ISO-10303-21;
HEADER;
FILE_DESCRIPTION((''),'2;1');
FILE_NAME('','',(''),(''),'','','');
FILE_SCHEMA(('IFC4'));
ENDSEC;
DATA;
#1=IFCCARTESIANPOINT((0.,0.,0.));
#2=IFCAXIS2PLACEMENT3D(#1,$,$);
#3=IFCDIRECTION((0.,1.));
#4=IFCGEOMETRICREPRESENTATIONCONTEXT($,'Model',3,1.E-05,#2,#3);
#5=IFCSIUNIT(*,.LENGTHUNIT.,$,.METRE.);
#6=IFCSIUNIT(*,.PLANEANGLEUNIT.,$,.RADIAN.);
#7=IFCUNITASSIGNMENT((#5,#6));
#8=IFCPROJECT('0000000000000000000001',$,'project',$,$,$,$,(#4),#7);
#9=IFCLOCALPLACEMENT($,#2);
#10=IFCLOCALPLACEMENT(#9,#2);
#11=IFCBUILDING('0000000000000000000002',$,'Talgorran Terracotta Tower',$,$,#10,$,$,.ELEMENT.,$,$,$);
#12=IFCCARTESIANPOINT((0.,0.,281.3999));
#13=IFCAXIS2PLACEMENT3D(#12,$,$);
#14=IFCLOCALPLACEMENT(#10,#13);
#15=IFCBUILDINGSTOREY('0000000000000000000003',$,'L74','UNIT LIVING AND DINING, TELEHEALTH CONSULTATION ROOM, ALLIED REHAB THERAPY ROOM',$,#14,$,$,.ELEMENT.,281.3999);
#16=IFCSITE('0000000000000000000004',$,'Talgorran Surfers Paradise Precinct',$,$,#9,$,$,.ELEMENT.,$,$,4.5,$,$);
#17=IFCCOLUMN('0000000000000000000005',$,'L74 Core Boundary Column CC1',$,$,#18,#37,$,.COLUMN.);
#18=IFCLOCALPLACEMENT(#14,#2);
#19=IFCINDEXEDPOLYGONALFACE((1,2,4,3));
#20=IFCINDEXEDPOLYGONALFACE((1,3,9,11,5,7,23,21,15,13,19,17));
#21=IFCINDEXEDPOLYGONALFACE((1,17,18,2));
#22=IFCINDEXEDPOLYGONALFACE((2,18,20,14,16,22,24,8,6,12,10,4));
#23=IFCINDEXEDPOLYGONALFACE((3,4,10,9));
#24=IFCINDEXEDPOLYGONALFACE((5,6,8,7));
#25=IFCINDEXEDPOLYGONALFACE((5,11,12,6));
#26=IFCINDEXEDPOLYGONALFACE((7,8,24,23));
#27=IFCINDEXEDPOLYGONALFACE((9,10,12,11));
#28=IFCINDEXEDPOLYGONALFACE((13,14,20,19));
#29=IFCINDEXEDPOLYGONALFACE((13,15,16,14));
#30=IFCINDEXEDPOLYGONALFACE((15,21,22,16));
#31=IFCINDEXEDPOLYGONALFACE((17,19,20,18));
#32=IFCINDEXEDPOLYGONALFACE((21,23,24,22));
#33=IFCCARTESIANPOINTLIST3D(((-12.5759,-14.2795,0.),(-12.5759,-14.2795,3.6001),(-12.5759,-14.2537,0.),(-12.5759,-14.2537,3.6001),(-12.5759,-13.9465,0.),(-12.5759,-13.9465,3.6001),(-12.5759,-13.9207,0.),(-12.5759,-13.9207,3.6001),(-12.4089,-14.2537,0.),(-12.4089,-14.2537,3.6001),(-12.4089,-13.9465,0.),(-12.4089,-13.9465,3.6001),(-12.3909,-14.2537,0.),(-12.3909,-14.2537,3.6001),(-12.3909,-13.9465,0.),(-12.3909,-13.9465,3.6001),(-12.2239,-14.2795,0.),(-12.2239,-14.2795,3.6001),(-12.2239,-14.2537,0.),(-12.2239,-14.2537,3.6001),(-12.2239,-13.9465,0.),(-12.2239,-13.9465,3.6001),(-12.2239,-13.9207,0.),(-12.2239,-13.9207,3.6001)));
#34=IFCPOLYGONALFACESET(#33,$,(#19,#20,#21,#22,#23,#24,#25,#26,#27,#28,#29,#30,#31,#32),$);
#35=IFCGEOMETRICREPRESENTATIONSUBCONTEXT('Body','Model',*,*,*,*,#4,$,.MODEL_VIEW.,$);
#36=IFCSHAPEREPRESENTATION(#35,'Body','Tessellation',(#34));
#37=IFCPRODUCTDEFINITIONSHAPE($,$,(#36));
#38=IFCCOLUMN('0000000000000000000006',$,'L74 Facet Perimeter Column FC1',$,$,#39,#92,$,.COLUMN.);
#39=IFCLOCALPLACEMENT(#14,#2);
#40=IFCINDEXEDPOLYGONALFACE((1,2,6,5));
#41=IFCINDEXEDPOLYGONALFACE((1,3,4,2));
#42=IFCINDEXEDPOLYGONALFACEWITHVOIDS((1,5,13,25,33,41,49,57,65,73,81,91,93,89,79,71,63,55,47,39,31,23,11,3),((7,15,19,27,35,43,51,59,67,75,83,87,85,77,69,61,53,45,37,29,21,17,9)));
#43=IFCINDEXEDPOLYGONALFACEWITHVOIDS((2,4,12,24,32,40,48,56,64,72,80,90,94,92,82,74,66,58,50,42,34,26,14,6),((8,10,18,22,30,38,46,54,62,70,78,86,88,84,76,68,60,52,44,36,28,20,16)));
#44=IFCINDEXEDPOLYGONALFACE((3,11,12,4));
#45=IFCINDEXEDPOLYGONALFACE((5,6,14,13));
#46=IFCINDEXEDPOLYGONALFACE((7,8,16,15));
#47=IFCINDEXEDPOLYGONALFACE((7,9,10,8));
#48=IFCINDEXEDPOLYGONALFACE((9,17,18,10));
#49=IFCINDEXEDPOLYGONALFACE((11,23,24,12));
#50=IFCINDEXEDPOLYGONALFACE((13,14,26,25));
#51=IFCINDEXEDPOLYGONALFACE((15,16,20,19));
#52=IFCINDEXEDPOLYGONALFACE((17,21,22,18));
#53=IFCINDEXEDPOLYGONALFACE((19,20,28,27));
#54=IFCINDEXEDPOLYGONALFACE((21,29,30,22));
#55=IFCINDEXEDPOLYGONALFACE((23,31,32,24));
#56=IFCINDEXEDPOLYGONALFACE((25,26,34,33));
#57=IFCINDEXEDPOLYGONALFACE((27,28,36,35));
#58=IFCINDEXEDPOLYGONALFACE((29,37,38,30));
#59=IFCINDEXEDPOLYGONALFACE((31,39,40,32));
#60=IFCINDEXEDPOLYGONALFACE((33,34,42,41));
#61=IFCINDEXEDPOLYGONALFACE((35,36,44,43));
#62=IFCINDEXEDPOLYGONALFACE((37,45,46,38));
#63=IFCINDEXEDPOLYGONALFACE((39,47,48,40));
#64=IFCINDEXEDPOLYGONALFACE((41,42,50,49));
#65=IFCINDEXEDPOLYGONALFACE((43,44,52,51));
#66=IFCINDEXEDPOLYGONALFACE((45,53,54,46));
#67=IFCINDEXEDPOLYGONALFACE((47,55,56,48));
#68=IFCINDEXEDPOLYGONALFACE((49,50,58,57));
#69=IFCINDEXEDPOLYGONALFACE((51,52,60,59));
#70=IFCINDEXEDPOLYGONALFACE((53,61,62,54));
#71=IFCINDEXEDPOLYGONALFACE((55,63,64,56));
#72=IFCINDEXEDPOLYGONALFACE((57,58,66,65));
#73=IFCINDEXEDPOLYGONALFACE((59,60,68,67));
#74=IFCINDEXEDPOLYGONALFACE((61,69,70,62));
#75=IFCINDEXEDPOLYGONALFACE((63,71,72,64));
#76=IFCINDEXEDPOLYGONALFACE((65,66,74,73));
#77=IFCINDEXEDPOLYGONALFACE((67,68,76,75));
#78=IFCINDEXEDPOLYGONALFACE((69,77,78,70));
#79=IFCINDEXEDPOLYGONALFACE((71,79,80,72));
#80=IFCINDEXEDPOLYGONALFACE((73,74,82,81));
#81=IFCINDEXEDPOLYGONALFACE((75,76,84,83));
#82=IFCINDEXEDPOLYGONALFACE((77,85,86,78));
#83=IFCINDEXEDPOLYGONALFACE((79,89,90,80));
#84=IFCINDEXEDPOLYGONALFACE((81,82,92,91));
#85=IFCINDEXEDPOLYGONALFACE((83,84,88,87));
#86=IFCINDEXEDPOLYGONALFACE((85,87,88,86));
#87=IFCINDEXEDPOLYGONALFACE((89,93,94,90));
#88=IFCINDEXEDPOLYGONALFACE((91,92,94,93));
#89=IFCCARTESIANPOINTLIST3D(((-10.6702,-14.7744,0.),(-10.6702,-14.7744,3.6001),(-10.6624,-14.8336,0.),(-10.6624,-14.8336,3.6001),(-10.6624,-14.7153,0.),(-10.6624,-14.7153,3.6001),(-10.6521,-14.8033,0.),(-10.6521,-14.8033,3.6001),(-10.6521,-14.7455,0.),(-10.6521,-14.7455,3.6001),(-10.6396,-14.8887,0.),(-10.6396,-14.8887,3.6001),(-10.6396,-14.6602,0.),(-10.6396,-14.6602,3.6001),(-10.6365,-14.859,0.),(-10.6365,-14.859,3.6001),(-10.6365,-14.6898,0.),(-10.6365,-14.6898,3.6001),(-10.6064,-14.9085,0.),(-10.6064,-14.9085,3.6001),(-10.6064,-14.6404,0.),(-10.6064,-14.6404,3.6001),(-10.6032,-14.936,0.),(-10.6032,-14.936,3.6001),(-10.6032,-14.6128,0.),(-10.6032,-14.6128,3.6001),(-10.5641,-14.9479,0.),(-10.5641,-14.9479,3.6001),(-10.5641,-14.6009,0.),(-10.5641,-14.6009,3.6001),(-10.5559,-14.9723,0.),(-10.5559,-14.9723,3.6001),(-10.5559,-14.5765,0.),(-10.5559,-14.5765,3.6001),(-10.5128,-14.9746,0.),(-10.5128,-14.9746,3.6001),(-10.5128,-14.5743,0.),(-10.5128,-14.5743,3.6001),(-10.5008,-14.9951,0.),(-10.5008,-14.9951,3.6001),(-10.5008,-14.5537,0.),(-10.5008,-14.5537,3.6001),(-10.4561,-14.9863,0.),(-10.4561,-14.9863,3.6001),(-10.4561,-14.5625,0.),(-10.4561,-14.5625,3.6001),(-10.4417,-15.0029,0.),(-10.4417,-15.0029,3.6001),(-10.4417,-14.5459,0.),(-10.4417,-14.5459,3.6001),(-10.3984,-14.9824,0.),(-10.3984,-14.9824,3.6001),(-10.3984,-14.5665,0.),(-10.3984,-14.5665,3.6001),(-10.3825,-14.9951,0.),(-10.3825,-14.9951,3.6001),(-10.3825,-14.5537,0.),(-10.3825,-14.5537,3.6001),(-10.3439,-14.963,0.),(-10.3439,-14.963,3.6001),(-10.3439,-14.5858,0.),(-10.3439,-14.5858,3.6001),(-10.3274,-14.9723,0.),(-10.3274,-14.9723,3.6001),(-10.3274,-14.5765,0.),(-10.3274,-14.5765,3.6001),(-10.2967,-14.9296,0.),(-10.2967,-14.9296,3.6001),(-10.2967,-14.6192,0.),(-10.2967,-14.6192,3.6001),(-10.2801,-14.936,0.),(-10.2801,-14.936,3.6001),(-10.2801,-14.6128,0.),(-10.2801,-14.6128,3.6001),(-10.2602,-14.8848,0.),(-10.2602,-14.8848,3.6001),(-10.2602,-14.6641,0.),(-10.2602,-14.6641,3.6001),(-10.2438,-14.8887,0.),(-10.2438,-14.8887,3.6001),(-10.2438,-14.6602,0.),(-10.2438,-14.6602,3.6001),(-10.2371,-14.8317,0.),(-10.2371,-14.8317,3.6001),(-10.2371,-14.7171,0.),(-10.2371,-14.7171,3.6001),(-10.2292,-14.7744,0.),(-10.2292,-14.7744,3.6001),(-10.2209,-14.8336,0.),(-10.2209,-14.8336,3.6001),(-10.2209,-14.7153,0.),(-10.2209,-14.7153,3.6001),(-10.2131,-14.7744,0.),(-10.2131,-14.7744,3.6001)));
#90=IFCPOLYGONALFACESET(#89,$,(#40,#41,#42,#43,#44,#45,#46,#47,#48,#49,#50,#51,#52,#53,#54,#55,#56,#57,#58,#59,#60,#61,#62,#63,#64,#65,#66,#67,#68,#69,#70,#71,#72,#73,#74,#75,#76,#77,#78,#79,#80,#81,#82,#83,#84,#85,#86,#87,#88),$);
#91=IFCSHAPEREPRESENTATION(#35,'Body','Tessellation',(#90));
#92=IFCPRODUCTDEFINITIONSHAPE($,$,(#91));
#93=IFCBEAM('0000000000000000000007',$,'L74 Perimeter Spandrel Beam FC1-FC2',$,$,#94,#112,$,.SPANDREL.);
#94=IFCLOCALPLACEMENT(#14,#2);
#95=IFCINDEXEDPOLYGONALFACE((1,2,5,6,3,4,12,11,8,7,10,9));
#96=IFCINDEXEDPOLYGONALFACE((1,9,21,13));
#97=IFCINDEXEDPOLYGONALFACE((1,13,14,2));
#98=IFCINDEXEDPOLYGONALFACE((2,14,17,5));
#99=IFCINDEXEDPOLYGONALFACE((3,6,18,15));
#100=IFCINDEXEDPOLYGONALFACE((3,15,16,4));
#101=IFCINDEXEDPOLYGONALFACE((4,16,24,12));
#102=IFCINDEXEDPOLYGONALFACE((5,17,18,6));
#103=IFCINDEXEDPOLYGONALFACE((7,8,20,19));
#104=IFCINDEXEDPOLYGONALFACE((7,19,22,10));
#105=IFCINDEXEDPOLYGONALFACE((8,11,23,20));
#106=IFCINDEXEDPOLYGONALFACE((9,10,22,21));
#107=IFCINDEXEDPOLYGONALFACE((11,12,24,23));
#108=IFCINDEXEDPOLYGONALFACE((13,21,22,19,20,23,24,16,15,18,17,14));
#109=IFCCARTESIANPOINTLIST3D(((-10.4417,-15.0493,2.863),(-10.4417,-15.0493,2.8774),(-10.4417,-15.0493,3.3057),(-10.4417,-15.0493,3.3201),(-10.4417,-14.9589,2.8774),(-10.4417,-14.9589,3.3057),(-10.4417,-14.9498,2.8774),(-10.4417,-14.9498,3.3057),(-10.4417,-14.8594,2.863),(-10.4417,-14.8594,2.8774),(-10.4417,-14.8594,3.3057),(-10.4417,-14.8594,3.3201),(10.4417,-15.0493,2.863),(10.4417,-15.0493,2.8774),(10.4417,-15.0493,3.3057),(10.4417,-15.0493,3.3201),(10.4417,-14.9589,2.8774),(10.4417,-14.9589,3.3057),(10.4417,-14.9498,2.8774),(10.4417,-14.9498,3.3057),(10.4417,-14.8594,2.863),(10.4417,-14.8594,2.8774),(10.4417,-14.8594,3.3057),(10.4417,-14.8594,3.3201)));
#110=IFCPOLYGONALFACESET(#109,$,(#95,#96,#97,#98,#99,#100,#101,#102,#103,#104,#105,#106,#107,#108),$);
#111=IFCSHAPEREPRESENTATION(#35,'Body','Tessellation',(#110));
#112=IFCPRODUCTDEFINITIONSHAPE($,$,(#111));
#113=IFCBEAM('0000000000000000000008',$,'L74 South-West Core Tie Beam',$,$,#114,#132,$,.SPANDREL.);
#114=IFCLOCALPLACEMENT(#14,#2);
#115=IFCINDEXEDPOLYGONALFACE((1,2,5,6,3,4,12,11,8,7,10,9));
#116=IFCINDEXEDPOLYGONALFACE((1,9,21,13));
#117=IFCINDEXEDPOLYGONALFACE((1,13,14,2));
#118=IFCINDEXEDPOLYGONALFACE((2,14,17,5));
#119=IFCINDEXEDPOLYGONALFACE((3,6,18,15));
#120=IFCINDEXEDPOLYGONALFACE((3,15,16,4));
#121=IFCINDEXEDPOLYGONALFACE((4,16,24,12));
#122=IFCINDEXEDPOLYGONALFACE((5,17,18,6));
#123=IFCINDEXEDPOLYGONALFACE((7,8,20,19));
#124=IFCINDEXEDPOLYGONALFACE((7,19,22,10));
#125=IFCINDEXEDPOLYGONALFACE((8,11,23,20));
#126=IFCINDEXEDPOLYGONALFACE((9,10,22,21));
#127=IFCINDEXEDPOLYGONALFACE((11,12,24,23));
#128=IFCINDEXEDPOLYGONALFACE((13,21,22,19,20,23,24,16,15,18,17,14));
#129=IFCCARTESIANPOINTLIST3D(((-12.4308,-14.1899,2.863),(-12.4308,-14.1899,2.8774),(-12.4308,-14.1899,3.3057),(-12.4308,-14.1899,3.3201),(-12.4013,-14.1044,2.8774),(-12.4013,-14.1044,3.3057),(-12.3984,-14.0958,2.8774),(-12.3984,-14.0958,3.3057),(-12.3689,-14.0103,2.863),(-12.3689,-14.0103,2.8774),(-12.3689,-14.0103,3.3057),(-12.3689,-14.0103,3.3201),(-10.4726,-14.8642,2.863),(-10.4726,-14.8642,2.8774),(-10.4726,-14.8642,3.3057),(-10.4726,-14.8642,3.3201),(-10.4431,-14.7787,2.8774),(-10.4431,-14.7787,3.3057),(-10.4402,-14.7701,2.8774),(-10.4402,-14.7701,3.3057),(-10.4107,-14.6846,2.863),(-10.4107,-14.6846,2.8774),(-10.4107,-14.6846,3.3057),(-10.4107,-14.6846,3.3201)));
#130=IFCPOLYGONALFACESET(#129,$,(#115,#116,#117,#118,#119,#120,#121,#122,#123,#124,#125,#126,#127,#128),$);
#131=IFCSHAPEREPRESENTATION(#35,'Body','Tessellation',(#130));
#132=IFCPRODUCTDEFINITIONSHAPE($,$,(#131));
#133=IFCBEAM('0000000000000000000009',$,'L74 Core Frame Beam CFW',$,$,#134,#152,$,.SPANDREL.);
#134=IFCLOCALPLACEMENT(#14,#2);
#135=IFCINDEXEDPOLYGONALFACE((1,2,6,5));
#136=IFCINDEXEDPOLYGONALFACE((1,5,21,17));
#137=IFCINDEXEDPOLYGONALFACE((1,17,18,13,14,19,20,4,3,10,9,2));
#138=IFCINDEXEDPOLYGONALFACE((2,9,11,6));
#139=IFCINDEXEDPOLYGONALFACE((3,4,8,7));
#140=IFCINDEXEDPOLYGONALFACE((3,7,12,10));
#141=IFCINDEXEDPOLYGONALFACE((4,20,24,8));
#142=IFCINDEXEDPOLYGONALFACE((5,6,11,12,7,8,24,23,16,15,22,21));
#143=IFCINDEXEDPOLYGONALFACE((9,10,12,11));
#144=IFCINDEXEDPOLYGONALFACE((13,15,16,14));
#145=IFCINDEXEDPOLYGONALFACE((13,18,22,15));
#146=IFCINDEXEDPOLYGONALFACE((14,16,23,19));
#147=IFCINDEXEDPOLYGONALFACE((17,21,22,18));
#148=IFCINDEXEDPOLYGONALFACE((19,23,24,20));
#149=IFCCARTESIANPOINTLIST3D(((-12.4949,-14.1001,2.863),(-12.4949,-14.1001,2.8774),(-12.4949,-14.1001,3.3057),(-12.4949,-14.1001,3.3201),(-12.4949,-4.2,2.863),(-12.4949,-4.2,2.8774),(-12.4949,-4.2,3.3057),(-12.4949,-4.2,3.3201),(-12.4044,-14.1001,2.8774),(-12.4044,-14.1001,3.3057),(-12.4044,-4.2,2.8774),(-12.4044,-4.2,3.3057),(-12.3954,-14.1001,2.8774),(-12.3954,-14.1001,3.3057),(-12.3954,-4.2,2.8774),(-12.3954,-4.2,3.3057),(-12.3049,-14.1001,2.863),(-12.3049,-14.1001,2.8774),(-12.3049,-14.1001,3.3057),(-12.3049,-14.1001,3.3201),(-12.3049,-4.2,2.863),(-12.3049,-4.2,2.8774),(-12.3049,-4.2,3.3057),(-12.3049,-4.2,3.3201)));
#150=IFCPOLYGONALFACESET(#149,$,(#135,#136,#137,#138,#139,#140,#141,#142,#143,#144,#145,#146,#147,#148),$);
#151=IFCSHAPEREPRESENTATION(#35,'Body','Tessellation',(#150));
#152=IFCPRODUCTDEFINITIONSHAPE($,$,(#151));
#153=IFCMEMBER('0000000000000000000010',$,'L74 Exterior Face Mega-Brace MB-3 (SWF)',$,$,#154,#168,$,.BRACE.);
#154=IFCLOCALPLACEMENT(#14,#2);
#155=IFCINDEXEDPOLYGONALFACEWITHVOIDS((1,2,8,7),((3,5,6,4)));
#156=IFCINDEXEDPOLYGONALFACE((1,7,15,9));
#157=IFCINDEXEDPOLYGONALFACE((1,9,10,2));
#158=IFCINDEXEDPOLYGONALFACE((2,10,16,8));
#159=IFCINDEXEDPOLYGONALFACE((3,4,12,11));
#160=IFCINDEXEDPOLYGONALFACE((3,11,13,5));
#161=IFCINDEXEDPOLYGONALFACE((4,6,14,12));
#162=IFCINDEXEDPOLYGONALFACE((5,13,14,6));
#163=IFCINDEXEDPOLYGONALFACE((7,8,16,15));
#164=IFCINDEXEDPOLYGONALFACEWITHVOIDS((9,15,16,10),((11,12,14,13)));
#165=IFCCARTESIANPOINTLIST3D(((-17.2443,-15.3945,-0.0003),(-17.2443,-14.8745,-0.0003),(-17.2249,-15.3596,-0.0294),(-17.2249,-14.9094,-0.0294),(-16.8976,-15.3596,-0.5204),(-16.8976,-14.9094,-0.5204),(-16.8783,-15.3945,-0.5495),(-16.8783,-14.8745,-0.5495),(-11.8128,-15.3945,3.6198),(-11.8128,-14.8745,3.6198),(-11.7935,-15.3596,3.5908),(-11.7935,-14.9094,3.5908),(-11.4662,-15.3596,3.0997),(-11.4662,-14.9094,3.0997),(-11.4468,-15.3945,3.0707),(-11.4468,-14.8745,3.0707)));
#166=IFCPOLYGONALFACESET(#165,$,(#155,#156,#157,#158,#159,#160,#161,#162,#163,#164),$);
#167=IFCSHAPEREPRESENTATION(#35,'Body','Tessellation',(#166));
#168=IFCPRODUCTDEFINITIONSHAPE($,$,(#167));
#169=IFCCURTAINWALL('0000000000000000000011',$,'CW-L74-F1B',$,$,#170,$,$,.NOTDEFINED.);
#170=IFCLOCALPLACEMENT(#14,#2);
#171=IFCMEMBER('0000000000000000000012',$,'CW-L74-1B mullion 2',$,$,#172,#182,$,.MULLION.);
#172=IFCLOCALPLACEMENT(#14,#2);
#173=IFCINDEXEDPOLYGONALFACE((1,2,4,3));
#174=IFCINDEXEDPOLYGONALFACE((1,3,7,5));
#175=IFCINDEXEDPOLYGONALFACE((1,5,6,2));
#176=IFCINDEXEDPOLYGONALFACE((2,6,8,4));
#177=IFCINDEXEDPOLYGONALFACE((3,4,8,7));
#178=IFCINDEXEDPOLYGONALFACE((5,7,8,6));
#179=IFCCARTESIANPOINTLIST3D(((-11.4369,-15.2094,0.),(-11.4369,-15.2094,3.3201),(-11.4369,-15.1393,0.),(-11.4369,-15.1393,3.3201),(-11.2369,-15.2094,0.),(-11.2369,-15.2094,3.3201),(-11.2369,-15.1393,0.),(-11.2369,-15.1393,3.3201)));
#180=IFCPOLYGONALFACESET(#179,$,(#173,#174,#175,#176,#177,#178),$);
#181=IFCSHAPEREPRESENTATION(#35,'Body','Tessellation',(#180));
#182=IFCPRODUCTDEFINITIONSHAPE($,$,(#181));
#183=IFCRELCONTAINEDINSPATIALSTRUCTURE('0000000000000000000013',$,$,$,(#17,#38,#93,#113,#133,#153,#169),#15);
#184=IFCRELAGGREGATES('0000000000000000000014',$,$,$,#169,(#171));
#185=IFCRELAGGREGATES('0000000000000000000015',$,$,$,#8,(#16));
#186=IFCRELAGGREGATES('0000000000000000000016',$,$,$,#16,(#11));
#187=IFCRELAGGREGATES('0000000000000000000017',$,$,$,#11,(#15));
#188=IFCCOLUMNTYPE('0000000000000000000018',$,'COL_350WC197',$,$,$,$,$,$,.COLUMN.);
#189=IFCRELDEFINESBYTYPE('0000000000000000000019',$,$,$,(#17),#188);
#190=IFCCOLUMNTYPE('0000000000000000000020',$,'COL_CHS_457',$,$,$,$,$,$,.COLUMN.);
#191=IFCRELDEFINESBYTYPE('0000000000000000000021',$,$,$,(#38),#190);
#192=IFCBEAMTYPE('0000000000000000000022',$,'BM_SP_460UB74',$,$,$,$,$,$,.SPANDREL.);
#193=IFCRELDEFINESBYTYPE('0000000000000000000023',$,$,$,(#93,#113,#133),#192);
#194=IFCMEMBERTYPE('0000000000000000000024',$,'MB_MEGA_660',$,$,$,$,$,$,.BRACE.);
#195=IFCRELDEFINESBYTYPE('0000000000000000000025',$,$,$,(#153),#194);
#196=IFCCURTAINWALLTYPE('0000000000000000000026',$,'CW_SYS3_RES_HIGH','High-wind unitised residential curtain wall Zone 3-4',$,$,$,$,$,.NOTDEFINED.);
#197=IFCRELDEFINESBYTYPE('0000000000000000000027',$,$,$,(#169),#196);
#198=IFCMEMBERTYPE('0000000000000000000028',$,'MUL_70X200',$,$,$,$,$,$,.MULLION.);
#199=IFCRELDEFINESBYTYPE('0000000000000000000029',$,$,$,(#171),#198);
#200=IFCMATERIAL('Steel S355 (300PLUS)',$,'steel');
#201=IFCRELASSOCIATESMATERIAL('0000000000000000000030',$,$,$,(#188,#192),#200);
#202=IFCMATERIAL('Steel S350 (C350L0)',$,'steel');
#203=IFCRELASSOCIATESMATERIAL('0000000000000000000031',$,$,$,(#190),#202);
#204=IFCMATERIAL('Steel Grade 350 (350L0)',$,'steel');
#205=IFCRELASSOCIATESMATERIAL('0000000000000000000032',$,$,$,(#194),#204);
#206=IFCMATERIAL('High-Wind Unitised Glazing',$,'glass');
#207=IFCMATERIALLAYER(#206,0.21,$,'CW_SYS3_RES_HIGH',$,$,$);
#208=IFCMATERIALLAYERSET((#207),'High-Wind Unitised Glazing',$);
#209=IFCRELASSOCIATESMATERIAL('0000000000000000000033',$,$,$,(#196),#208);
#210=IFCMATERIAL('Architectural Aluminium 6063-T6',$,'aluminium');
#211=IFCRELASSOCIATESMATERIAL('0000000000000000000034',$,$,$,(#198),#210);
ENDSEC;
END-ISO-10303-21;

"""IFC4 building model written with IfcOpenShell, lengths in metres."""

from ifc_helpers import new_model, si_unit, direction, frame, origin, origin_2d, place, context, subcontext, project, spatial, rectangle, hollow_rectangle, hollow_circle, i_section, extrude, material, layer, layer_set, material_profile, profile_set, type_object, element, aggregate, save


model = new_model("IFC4")

# Units and contexts
model_context = context("Model", 3, precision=1e-05, world=origin(), true_north=direction((0.0, 1.0)))
body_context = subcontext(model_context, "Body", "Model", "MODEL_VIEW")
ifc_project = project(units=[si_unit("LENGTHUNIT", "METRE"), si_unit("PLANEANGLEUNIT", "RADIAN")], contexts=[model_context])

# Site, building, storey
site_placement = place(None, origin())
site = spatial("IfcSite", under=ifc_project, at=site_placement, Name="Talgorran Surfers Paradise Precinct", CompositionType="ELEMENT", RefElevation=4.5)
building_placement = place(site_placement, origin())
building = spatial("IfcBuilding", under=site, at=building_placement, Name="Talgorran Terracotta Tower", CompositionType="ELEMENT")
storey_placement = place(building_placement, frame((0.0, 0.0, 281.3999)))
storey = spatial("IfcBuildingStorey", under=building, at=storey_placement, Name="L74", Description="UNIT LIVING AND DINING, TELEHEALTH CONSULTATION ROOM, ALLIED REHAB THERAPY ROOM", CompositionType="ELEMENT", Elevation=281.3999)

# Columns
ifc_material_1 = material(Name="Steel S355 (300PLUS)", Category="steel")
ifc_material_profile_1 = material_profile(ifc_material_1, i_section(OverallWidth=0.3521, OverallDepth=0.3589, WebThickness=0.0181, FlangeThickness=0.0259, at=origin_2d()), Name="350WC197")
ifc_profile_set_1 = profile_set([ifc_material_profile_1], Name="Steel S355 (300PLUS)")
column_type_1 = type_object("IfcColumnType", Name="COL_350WC197", PredefinedType="COLUMN", material=ifc_profile_set_1)
column_1_placement = place(storey_placement, frame((-12.3999, -14.1001, 0.0), z_axis=(0.0, 0.0, 1.0), x_axis=(1.0, 0.0, 0.0)))
element("IfcColumn", 1, at=column_1_placement, inside=storey, type_object=column_type_1, Name="L74 Core Boundary Column CC1", PredefinedType="COLUMN", context=body_context, shape_type="SweptSolid", body=[
    extrude(i_section(OverallWidth=0.3521, OverallDepth=0.3589, WebThickness=0.0181, FlangeThickness=0.0259, at=origin_2d()), origin(), (0.0, 0.0, 1.0), 3.6001),
])
ifc_material_2 = material(Name="Steel S350 (C350L0)", Category="steel")
ifc_material_profile_2 = material_profile(ifc_material_2, hollow_circle(Radius=0.2285, WallThickness=0.0161, at=origin_2d()), Name="CHS457X16")
ifc_profile_set_2 = profile_set([ifc_material_profile_2], Name="Steel S350 (C350L0)")
column_type_2 = type_object("IfcColumnType", Name="COL_CHS_457", PredefinedType="COLUMN", material=ifc_profile_set_2)
column_2_placement = place(storey_placement, frame((-10.4417, -14.7744, 0.0), z_axis=(0.0, 0.0, 1.0), x_axis=(1.0, 0.0, 0.0)))
element("IfcColumn", 2, at=column_2_placement, inside=storey, type_object=column_type_2, Name="L74 Facet Perimeter Column FC1", PredefinedType="COLUMN", context=body_context, shape_type="SweptSolid", body=[
    extrude(hollow_circle(Radius=0.2285, WallThickness=0.0161, at=origin_2d()), origin(), (0.0, 0.0, 1.0), 3.6001),
])

# Beams
ifc_material_profile_3 = material_profile(ifc_material_1, i_section(OverallWidth=0.1899, OverallDepth=0.457, WebThickness=0.009, FlangeThickness=0.0144, at=origin_2d()), Name="460UB74.6")
ifc_profile_set_3 = profile_set([ifc_material_profile_3], Name="Steel S355 (300PLUS)")
beam_type = type_object("IfcBeamType", Name="BM_SP_460UB74", PredefinedType="SPANDREL", material=ifc_profile_set_3)
beam_1_placement = place(storey_placement, frame((-10.4417, -14.9543, 3.0916), z_axis=(1.0, 0.0, 0.0), x_axis=(0.0, 1.0, 0.0)))
element("IfcBeam", 3, at=beam_1_placement, inside=storey, type_object=beam_type, Name="L74 Perimeter Spandrel Beam FC1-FC2", PredefinedType="SPANDREL", context=body_context, shape_type="SweptSolid", body=[
    extrude(i_section(OverallWidth=0.1899, OverallDepth=0.457, WebThickness=0.009, FlangeThickness=0.0144, at=origin_2d()), origin(), (0.0, 0.0, 1.0), 20.8833),
])
beam_2_placement = place(storey_placement, frame((-10.4417, -14.7744, 3.0916), z_axis=(-0.945513, 0.325584, 0.0), x_axis=(-0.325584, -0.945513, 0.0)))
element("IfcBeam", 4, at=beam_2_placement, inside=storey, type_object=beam_type, Name="L74 South-West Core Tie Beam", PredefinedType="SPANDREL", context=body_context, shape_type="SweptSolid", body=[
    extrude(i_section(OverallWidth=0.1899, OverallDepth=0.457, WebThickness=0.009, FlangeThickness=0.0144, at=origin_2d()), origin(), (0.0, 0.0, 1.0), 2.071),
])
beam_3_placement = place(storey_placement, frame((-12.3999, -14.1001, 3.0916), z_axis=(0.0, 1.0, 0.0), x_axis=(-1.0, 0.0, 0.0)))
element("IfcBeam", 5, at=beam_3_placement, inside=storey, type_object=beam_type, Name="L74 Core Frame Beam CFW", PredefinedType="SPANDREL", context=body_context, shape_type="SweptSolid", body=[
    extrude(i_section(OverallWidth=0.1899, OverallDepth=0.457, WebThickness=0.009, FlangeThickness=0.0144, at=origin_2d()), origin(), (0.0, 0.0, 1.0), 9.9001),
])

# Member
ifc_material_3 = material(Name="Steel Grade 350 (350L0)", Category="steel")
ifc_material_profile_4 = material_profile(ifc_material_3, hollow_rectangle(XDim=0.52, YDim=0.6599, WallThickness=0.0349, at=origin_2d()), Name="WBOX660X520X35")
ifc_profile_set_4 = profile_set([ifc_material_profile_4], Name="Steel Grade 350 (350L0)")
member_type_1 = type_object("IfcMemberType", Name="MB_MEGA_660", PredefinedType="BRACE", material=ifc_profile_set_4)
member_1_placement = place(storey_placement, frame((-17.0613, -15.1345, -0.2749), z_axis=(0.832108, 0.0, 0.554614), x_axis=(0.0, 1.0, 0.0)))
element("IfcMember", 6, at=member_1_placement, inside=storey, type_object=member_type_1, Name="L74 Exterior Face Mega-Brace MB-3 (SWF)", PredefinedType="BRACE", context=body_context, shape_type="SweptSolid", body=[
    extrude(hollow_rectangle(XDim=0.52, YDim=0.6599, WallThickness=0.0349, at=origin_2d()), origin(), (0.0, 0.0, 1.0), 6.5273),
])

# Curtain wall, member
ifc_material_4 = material(Name="High-Wind Unitised Glazing", Category="glass")
ifc_layer_1 = layer(ifc_material_4, 0.21, Name="CW_SYS3_RES_HIGH")
ifc_layer_set_1 = layer_set([ifc_layer_1], Name="High-Wind Unitised Glazing")
curtain_wall_type = type_object("IfcCurtainWallType", Name="CW_SYS3_RES_HIGH", Description="High-wind unitised residential curtain wall Zone 3-4", PredefinedType="NOTDEFINED", material=ifc_layer_set_1)
curtain_wall_1_placement = place(storey_placement, origin())
curtain_wall_1 = element("IfcCurtainWall", 7, at=curtain_wall_1_placement, inside=storey, type_object=curtain_wall_type, Name="CW-L74-F1B", PredefinedType="NOTDEFINED")
ifc_material_5 = material(Name="Architectural Aluminium 6063-T6", Category="aluminium")
ifc_material_profile_5 = material_profile(ifc_material_5, rectangle(XDim=0.0701, YDim=0.2, at=origin_2d()), Name="CWM70X200")
ifc_profile_set_5 = profile_set([ifc_material_profile_5], Name="Architectural Aluminium 6063-T6")
member_type_2 = type_object("IfcMemberType", Name="MUL_70X200", PredefinedType="MULLION", material=ifc_profile_set_5)
member_2_placement = place(storey_placement, frame((-11.3369, -15.1743, 0.0), z_axis=(0.0, 0.0, 1.0), x_axis=(0.0, 1.0, 0.0)))
member_2 = element("IfcMember", 8, at=member_2_placement, type_object=member_type_2, Name="CW-L74-1B mullion 2", PredefinedType="MULLION", context=body_context, shape_type="SweptSolid", body=[
    extrude(rectangle(XDim=0.0701, YDim=0.2, at=origin_2d()), origin(), (0.0, 0.0, 1.0), 3.3201),
])

aggregate(curtain_wall_1, [member_2])

save(model, "model.ifc")
